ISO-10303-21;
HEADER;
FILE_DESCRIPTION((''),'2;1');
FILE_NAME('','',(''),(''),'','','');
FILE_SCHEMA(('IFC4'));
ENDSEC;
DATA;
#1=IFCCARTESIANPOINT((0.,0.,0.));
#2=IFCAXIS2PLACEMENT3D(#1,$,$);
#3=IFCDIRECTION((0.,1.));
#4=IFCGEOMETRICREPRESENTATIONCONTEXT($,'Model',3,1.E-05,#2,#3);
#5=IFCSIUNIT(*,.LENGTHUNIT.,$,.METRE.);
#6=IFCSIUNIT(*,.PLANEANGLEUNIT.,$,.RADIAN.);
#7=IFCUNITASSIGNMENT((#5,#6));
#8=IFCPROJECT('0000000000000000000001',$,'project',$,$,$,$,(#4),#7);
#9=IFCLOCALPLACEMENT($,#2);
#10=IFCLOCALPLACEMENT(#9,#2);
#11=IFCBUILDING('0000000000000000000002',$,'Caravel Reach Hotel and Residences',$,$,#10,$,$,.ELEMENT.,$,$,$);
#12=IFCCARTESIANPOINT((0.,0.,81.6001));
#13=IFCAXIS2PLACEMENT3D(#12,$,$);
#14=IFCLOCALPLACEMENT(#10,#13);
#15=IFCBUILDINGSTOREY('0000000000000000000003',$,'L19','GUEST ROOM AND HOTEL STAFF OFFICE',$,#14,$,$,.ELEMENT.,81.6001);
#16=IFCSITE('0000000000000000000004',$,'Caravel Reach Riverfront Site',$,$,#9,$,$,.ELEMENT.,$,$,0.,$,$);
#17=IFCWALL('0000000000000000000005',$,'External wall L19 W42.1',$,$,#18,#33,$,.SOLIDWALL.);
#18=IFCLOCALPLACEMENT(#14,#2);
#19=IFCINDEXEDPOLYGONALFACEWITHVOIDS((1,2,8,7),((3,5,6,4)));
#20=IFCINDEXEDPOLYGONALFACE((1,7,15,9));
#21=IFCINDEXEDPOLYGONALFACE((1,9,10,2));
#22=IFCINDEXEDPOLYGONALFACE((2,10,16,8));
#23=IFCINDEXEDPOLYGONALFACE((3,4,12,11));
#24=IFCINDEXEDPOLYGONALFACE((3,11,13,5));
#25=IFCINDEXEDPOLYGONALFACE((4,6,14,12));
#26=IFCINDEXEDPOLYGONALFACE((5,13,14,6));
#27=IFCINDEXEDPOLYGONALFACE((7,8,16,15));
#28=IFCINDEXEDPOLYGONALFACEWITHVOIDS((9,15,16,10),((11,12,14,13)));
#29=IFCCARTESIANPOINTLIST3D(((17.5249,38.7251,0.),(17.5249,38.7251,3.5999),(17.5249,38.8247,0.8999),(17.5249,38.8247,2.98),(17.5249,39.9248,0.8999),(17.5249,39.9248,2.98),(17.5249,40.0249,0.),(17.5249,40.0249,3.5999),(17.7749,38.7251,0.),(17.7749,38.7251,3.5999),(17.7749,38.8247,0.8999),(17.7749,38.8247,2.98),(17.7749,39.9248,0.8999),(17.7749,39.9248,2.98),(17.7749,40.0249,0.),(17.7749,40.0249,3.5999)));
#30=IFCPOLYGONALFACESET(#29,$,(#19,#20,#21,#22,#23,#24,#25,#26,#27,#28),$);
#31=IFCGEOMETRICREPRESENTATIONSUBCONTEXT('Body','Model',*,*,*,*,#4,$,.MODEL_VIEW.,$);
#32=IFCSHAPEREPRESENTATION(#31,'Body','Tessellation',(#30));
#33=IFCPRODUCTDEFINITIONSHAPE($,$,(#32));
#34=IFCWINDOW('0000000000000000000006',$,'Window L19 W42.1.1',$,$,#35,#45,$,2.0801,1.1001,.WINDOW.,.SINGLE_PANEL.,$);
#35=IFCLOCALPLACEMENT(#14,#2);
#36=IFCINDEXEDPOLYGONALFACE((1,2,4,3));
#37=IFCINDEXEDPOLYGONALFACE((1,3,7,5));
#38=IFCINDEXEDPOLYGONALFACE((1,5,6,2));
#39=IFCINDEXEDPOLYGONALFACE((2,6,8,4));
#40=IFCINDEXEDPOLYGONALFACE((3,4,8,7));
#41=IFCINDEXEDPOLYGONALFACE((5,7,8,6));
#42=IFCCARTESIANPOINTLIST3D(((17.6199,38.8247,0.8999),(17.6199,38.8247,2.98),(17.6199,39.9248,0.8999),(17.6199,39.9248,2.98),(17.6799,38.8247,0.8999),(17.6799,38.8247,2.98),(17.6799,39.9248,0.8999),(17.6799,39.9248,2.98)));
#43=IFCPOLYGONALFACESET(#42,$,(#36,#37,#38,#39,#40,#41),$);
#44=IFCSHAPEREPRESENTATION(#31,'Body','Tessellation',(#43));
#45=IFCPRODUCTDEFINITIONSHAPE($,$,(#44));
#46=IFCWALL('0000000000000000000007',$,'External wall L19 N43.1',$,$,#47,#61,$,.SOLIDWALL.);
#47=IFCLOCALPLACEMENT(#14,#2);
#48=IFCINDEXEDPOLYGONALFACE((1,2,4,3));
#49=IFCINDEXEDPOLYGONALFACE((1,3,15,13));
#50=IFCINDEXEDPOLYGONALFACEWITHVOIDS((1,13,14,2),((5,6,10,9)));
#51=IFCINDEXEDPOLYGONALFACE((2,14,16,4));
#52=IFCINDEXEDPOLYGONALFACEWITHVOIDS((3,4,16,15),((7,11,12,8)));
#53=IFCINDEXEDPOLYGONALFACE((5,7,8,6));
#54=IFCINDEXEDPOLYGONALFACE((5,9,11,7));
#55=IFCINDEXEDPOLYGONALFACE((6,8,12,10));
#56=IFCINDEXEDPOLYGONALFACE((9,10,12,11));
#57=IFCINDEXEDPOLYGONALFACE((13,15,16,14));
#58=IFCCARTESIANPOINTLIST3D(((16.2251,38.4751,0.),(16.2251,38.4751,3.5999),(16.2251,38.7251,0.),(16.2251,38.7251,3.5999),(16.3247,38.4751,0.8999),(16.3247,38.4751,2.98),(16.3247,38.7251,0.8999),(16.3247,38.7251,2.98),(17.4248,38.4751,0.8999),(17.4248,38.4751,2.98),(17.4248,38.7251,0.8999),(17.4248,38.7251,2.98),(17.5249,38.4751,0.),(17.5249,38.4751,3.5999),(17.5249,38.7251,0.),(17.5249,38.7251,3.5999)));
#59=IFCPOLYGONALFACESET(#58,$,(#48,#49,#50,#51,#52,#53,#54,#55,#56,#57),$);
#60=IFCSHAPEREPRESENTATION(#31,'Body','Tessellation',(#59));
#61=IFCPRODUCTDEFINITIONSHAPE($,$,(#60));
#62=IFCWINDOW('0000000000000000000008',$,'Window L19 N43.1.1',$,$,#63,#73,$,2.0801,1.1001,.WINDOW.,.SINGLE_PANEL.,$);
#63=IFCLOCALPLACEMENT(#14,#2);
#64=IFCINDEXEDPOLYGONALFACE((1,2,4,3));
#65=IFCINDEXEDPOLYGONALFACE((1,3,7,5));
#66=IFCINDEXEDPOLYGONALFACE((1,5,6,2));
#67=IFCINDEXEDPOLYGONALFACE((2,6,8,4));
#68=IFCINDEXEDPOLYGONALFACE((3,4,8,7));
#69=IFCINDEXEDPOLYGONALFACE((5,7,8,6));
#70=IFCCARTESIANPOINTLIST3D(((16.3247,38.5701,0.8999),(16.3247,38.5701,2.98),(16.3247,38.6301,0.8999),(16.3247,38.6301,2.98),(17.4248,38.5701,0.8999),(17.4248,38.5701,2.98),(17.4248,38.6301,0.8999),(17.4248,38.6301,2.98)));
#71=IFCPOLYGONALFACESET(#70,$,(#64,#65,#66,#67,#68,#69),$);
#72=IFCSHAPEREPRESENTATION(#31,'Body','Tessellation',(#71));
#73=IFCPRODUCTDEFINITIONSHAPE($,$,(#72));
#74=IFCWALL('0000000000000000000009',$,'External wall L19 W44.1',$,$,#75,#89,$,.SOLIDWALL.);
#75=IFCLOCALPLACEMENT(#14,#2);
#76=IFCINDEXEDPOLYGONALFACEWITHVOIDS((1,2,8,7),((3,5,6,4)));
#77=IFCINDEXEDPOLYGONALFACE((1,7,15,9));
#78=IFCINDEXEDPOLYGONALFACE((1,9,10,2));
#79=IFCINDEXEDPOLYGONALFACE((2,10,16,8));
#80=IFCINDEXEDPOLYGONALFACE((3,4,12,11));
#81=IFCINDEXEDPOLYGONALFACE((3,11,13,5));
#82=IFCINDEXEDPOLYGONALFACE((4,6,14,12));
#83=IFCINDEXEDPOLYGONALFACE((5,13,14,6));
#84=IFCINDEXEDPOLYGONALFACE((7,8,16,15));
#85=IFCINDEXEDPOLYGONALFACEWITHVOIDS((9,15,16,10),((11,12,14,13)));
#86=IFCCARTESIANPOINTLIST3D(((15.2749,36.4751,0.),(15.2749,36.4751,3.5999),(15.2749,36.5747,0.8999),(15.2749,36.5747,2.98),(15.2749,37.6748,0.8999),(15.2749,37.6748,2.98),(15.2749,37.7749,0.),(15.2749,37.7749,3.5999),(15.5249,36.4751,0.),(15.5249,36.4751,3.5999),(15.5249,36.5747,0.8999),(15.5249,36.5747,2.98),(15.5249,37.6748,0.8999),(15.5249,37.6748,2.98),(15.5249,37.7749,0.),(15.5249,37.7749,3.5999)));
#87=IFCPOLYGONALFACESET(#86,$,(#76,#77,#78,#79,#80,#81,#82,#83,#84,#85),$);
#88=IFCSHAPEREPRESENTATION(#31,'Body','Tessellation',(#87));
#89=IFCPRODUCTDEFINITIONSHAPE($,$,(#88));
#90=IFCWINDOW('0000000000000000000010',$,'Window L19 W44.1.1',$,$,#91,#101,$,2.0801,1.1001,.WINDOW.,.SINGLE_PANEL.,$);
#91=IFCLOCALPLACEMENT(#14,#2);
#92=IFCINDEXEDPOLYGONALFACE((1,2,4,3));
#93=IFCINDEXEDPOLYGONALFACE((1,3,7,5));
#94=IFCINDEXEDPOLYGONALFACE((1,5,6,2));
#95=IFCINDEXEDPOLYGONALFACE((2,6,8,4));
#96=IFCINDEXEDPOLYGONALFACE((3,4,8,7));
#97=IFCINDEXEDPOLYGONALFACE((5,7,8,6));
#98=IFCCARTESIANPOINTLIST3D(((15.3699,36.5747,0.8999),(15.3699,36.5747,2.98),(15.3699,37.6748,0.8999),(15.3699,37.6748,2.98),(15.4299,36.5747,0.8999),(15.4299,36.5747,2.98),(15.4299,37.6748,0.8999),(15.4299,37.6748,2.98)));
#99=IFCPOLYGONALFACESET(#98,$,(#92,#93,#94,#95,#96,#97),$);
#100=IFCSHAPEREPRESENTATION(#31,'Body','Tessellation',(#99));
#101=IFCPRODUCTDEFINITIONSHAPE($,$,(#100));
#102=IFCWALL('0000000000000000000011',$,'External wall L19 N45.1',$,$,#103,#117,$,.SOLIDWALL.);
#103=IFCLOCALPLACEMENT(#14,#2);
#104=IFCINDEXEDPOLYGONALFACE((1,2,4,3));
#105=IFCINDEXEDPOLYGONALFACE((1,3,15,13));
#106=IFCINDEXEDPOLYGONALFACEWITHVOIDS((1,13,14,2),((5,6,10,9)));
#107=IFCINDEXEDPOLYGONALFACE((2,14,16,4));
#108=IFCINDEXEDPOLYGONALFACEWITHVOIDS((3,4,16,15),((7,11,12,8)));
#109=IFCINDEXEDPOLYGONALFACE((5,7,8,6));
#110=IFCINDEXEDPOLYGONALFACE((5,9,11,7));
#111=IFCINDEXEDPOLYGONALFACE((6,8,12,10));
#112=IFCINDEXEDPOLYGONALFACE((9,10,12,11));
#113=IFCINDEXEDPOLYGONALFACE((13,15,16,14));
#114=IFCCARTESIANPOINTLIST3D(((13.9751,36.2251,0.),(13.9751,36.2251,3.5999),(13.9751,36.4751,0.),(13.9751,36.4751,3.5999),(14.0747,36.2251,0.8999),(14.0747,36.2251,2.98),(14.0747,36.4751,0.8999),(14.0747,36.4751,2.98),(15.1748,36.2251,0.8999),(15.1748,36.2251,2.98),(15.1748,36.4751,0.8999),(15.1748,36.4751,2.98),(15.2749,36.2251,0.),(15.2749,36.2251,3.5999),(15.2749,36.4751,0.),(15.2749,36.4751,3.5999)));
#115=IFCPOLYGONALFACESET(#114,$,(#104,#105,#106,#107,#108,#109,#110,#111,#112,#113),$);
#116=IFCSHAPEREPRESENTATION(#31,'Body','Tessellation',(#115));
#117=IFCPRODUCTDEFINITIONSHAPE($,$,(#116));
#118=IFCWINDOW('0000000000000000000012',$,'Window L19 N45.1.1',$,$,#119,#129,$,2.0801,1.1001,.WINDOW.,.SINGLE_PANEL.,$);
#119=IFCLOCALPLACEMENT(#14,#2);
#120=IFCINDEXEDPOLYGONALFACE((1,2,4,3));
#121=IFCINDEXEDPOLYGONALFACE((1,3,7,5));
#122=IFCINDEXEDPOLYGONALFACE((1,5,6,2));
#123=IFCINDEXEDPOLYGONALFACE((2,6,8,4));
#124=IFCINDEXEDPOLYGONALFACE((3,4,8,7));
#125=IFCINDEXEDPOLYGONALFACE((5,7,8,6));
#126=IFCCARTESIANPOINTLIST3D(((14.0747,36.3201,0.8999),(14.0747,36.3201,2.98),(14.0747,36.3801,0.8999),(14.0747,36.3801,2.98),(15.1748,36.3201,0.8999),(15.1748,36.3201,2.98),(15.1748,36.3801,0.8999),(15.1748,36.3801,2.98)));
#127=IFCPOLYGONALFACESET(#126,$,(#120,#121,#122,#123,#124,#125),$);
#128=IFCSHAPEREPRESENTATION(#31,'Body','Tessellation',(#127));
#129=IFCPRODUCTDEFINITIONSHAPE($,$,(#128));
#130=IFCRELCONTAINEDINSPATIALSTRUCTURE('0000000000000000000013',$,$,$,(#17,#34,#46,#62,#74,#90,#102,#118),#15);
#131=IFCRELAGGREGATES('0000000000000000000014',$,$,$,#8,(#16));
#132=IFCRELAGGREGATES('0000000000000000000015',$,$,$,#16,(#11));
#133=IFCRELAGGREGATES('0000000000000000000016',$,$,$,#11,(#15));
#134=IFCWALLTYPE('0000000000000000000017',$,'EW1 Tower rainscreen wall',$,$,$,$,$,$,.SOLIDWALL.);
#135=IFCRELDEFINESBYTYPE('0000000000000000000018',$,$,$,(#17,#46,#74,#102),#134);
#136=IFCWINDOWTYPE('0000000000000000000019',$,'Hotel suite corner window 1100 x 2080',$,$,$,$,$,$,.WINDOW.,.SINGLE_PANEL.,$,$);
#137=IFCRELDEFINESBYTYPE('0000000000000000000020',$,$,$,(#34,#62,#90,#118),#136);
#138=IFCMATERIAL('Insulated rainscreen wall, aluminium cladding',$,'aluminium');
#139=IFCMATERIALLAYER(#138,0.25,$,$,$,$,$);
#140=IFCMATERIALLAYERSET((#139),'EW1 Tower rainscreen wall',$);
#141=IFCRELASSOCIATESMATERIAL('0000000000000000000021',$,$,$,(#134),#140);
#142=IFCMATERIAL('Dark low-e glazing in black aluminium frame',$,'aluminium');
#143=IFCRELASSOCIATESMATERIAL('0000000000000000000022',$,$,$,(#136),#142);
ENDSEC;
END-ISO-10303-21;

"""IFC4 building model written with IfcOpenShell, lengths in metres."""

from ifc_helpers import new_model, si_unit, direction, frame, frame_2d, origin, place, context, subcontext, project, spatial, rectangle, extrude, material, layer, layer_set, type_object, element, fill, save


model = new_model("IFC4")

# Units and contexts
model_context = context("Model", 3, precision=1e-05, world=origin(), true_north=direction((0.0, 1.0)))
body_context = subcontext(model_context, "Body", "Model", "MODEL_VIEW")
ifc_project = project(units=[si_unit("LENGTHUNIT", "METRE"), si_unit("PLANEANGLEUNIT", "RADIAN")], contexts=[model_context])

# Site, building, storey
site_placement = place(None, origin())
site = spatial("IfcSite", under=ifc_project, at=site_placement, Name="Caravel Reach Riverfront Site", CompositionType="ELEMENT", RefElevation=0.0)
building_placement = place(site_placement, origin())
building = spatial("IfcBuilding", under=site, at=building_placement, Name="Caravel Reach Hotel and Residences", CompositionType="ELEMENT")
storey_placement = place(building_placement, frame((0.0, 0.0, 81.6001)))
storey = spatial("IfcBuildingStorey", under=building, at=storey_placement, Name="L19", Description="GUEST ROOM AND HOTEL STAFF OFFICE", CompositionType="ELEMENT", Elevation=81.6001)

# Walls, openings, windows
ifc_material_1 = material(Name="Insulated rainscreen wall, aluminium cladding", Category="aluminium")
ifc_layer = layer(ifc_material_1, 0.25)
ifc_layer_set = layer_set([ifc_layer], Name="EW1 Tower rainscreen wall")
wall_type = type_object("IfcWallType", Name="EW1 Tower rainscreen wall", PredefinedType="SOLIDWALL", material=ifc_layer_set)
wall_1_placement = place(storey_placement, frame((17.6499, 40.0249, 0.0), z_axis=(0.0, 0.0, 1.0), x_axis=(0.0, -1.0, 0.0)))
wall_1 = element("IfcWall", 1, at=wall_1_placement, inside=storey, type_object=wall_type, Name="External wall L19 W42.1", PredefinedType="SOLIDWALL", context=body_context, shape_type="SweptSolid", body=[
    extrude(rectangle(XDim=1.2998, YDim=0.25, at=frame_2d((0.6499, 0.0))), origin(), (0.0, 0.0, 1.0), 3.5999),
])
opening_1_placement = place(wall_1_placement, frame((0.1001, 0.0, 0.8999)))
opening_1 = element("IfcOpeningElement", 2, at=opening_1_placement, cuts=wall_1, PredefinedType="OPENING", context=body_context, shape_type="SweptSolid", body=[
    extrude(rectangle(XDim=1.1001, YDim=2.0801, at=frame_2d((0.55, 1.04))), frame((0.0, 0.135, 0.0), z_axis=(0.0, -1.0, 0.0), x_axis=(1.0, 0.0, 0.0)), (0.0, 0.0, 1.0), 0.27),
])
ifc_material_2 = material(Name="Dark low-e glazing in black aluminium frame", Category="aluminium")
window_type_1 = type_object("IfcWindowType", Name="Hotel suite corner window 1100 x 2080", PartitioningType="SINGLE_PANEL", PredefinedType="WINDOW", material=ifc_material_2)
window_1_placement = place(opening_1_placement, origin())
window_1 = element("IfcWindow", 3, at=window_1_placement, inside=storey, type_object=window_type_1, Name="Window L19 W42.1.1", OverallHeight=2.0801, OverallWidth=1.1001, PartitioningType="SINGLE_PANEL", PredefinedType="WINDOW", context=body_context, shape_type="SweptSolid", body=[
    extrude(rectangle(XDim=1.1001, YDim=2.0801, at=frame_2d((0.55, 1.04))), frame((0.0, 0.03, 0.0), z_axis=(0.0, -1.0, 0.0), x_axis=(1.0, 0.0, 0.0)), (0.0, 0.0, 1.0), 0.0601),
])
fill(opening_1, window_1)
wall_2_placement = place(storey_placement, frame((17.5249, 38.6001, 0.0), z_axis=(0.0, 0.0, 1.0), x_axis=(-1.0, 0.0, 0.0)))
wall_2 = element("IfcWall", 4, at=wall_2_placement, inside=storey, type_object=wall_type, Name="External wall L19 N43.1", PredefinedType="SOLIDWALL", context=body_context, shape_type="SweptSolid", body=[
    extrude(rectangle(XDim=1.2998, YDim=0.25, at=frame_2d((0.6499, 0.0))), origin(), (0.0, 0.0, 1.0), 3.5999),
])
opening_2_placement = place(wall_2_placement, frame((0.1001, 0.0, 0.8999)))
opening_2 = element("IfcOpeningElement", 5, at=opening_2_placement, cuts=wall_2, PredefinedType="OPENING", context=body_context, shape_type="SweptSolid", body=[
    extrude(rectangle(XDim=1.1001, YDim=2.0801, at=frame_2d((0.55, 1.04))), frame((0.0, 0.135, 0.0), z_axis=(0.0, -1.0, 0.0), x_axis=(1.0, 0.0, 0.0)), (0.0, 0.0, 1.0), 0.27),
])
window_2_placement = place(opening_2_placement, origin())
window_2 = element("IfcWindow", 6, at=window_2_placement, inside=storey, type_object=window_type_1, Name="Window L19 N43.1.1", OverallHeight=2.0801, OverallWidth=1.1001, PartitioningType="SINGLE_PANEL", PredefinedType="WINDOW", context=body_context, shape_type="SweptSolid", body=[
    extrude(rectangle(XDim=1.1001, YDim=2.0801, at=frame_2d((0.55, 1.04))), frame((0.0, 0.03, 0.0), z_axis=(0.0, -1.0, 0.0), x_axis=(1.0, 0.0, 0.0)), (0.0, 0.0, 1.0), 0.0601),
])
fill(opening_2, window_2)
wall_3_placement = place(storey_placement, frame((15.3999, 37.7749, 0.0), z_axis=(0.0, 0.0, 1.0), x_axis=(0.0, -1.0, 0.0)))
wall_3 = element("IfcWall", 7, at=wall_3_placement, inside=storey, type_object=wall_type, Name="External wall L19 W44.1", PredefinedType="SOLIDWALL", context=body_context, shape_type="SweptSolid", body=[
    extrude(rectangle(XDim=1.2998, YDim=0.25, at=frame_2d((0.6499, 0.0))), origin(), (0.0, 0.0, 1.0), 3.5999),
])
opening_3_placement = place(wall_3_placement, frame((0.1001, 0.0, 0.8999)))
opening_3 = element("IfcOpeningElement", 8, at=opening_3_placement, cuts=wall_3, PredefinedType="OPENING", context=body_context, shape_type="SweptSolid", body=[
    extrude(rectangle(XDim=1.1001, YDim=2.0801, at=frame_2d((0.55, 1.04))), frame((0.0, 0.135, 0.0), z_axis=(0.0, -1.0, 0.0), x_axis=(1.0, 0.0, 0.0)), (0.0, 0.0, 1.0), 0.27),
])
window_3_placement = place(opening_3_placement, origin())
window_3 = element("IfcWindow", 9, at=window_3_placement, inside=storey, type_object=window_type_1, Name="Window L19 W44.1.1", OverallHeight=2.0801, OverallWidth=1.1001, PartitioningType="SINGLE_PANEL", PredefinedType="WINDOW", context=body_context, shape_type="SweptSolid", body=[
    extrude(rectangle(XDim=1.1001, YDim=2.0801, at=frame_2d((0.55, 1.04))), frame((0.0, 0.03, 0.0), z_axis=(0.0, -1.0, 0.0), x_axis=(1.0, 0.0, 0.0)), (0.0, 0.0, 1.0), 0.0601),
])
fill(opening_3, window_3)
wall_4_placement = place(storey_placement, frame((15.2749, 36.3501, 0.0), z_axis=(0.0, 0.0, 1.0), x_axis=(-1.0, 0.0, 0.0)))
wall_4 = element("IfcWall", 10, at=wall_4_placement, inside=storey, type_object=wall_type, Name="External wall L19 N45.1", PredefinedType="SOLIDWALL", context=body_context, shape_type="SweptSolid", body=[
    extrude(rectangle(XDim=1.2998, YDim=0.25, at=frame_2d((0.6499, 0.0))), origin(), (0.0, 0.0, 1.0), 3.5999),
])
opening_4_placement = place(wall_4_placement, frame((0.1001, 0.0, 0.8999)))
opening_4 = element("IfcOpeningElement", 11, at=opening_4_placement, cuts=wall_4, PredefinedType="OPENING", context=body_context, shape_type="SweptSolid", body=[
    extrude(rectangle(XDim=1.1001, YDim=2.0801, at=frame_2d((0.55, 1.04))), frame((0.0, 0.135, 0.0), z_axis=(0.0, -1.0, 0.0), x_axis=(1.0, 0.0, 0.0)), (0.0, 0.0, 1.0), 0.27),
])
window_4_placement = place(opening_4_placement, origin())
window_4 = element("IfcWindow", 12, at=window_4_placement, inside=storey, type_object=window_type_1, Name="Window L19 N45.1.1", OverallHeight=2.0801, OverallWidth=1.1001, PartitioningType="SINGLE_PANEL", PredefinedType="WINDOW", context=body_context, shape_type="SweptSolid", body=[
    extrude(rectangle(XDim=1.1001, YDim=2.0801, at=frame_2d((0.55, 1.04))), frame((0.0, 0.03, 0.0), z_axis=(0.0, -1.0, 0.0), x_axis=(1.0, 0.0, 0.0)), (0.0, 0.0, 1.0), 0.0601),
])
fill(opening_4, window_4)

save(model, "model.ifc")
